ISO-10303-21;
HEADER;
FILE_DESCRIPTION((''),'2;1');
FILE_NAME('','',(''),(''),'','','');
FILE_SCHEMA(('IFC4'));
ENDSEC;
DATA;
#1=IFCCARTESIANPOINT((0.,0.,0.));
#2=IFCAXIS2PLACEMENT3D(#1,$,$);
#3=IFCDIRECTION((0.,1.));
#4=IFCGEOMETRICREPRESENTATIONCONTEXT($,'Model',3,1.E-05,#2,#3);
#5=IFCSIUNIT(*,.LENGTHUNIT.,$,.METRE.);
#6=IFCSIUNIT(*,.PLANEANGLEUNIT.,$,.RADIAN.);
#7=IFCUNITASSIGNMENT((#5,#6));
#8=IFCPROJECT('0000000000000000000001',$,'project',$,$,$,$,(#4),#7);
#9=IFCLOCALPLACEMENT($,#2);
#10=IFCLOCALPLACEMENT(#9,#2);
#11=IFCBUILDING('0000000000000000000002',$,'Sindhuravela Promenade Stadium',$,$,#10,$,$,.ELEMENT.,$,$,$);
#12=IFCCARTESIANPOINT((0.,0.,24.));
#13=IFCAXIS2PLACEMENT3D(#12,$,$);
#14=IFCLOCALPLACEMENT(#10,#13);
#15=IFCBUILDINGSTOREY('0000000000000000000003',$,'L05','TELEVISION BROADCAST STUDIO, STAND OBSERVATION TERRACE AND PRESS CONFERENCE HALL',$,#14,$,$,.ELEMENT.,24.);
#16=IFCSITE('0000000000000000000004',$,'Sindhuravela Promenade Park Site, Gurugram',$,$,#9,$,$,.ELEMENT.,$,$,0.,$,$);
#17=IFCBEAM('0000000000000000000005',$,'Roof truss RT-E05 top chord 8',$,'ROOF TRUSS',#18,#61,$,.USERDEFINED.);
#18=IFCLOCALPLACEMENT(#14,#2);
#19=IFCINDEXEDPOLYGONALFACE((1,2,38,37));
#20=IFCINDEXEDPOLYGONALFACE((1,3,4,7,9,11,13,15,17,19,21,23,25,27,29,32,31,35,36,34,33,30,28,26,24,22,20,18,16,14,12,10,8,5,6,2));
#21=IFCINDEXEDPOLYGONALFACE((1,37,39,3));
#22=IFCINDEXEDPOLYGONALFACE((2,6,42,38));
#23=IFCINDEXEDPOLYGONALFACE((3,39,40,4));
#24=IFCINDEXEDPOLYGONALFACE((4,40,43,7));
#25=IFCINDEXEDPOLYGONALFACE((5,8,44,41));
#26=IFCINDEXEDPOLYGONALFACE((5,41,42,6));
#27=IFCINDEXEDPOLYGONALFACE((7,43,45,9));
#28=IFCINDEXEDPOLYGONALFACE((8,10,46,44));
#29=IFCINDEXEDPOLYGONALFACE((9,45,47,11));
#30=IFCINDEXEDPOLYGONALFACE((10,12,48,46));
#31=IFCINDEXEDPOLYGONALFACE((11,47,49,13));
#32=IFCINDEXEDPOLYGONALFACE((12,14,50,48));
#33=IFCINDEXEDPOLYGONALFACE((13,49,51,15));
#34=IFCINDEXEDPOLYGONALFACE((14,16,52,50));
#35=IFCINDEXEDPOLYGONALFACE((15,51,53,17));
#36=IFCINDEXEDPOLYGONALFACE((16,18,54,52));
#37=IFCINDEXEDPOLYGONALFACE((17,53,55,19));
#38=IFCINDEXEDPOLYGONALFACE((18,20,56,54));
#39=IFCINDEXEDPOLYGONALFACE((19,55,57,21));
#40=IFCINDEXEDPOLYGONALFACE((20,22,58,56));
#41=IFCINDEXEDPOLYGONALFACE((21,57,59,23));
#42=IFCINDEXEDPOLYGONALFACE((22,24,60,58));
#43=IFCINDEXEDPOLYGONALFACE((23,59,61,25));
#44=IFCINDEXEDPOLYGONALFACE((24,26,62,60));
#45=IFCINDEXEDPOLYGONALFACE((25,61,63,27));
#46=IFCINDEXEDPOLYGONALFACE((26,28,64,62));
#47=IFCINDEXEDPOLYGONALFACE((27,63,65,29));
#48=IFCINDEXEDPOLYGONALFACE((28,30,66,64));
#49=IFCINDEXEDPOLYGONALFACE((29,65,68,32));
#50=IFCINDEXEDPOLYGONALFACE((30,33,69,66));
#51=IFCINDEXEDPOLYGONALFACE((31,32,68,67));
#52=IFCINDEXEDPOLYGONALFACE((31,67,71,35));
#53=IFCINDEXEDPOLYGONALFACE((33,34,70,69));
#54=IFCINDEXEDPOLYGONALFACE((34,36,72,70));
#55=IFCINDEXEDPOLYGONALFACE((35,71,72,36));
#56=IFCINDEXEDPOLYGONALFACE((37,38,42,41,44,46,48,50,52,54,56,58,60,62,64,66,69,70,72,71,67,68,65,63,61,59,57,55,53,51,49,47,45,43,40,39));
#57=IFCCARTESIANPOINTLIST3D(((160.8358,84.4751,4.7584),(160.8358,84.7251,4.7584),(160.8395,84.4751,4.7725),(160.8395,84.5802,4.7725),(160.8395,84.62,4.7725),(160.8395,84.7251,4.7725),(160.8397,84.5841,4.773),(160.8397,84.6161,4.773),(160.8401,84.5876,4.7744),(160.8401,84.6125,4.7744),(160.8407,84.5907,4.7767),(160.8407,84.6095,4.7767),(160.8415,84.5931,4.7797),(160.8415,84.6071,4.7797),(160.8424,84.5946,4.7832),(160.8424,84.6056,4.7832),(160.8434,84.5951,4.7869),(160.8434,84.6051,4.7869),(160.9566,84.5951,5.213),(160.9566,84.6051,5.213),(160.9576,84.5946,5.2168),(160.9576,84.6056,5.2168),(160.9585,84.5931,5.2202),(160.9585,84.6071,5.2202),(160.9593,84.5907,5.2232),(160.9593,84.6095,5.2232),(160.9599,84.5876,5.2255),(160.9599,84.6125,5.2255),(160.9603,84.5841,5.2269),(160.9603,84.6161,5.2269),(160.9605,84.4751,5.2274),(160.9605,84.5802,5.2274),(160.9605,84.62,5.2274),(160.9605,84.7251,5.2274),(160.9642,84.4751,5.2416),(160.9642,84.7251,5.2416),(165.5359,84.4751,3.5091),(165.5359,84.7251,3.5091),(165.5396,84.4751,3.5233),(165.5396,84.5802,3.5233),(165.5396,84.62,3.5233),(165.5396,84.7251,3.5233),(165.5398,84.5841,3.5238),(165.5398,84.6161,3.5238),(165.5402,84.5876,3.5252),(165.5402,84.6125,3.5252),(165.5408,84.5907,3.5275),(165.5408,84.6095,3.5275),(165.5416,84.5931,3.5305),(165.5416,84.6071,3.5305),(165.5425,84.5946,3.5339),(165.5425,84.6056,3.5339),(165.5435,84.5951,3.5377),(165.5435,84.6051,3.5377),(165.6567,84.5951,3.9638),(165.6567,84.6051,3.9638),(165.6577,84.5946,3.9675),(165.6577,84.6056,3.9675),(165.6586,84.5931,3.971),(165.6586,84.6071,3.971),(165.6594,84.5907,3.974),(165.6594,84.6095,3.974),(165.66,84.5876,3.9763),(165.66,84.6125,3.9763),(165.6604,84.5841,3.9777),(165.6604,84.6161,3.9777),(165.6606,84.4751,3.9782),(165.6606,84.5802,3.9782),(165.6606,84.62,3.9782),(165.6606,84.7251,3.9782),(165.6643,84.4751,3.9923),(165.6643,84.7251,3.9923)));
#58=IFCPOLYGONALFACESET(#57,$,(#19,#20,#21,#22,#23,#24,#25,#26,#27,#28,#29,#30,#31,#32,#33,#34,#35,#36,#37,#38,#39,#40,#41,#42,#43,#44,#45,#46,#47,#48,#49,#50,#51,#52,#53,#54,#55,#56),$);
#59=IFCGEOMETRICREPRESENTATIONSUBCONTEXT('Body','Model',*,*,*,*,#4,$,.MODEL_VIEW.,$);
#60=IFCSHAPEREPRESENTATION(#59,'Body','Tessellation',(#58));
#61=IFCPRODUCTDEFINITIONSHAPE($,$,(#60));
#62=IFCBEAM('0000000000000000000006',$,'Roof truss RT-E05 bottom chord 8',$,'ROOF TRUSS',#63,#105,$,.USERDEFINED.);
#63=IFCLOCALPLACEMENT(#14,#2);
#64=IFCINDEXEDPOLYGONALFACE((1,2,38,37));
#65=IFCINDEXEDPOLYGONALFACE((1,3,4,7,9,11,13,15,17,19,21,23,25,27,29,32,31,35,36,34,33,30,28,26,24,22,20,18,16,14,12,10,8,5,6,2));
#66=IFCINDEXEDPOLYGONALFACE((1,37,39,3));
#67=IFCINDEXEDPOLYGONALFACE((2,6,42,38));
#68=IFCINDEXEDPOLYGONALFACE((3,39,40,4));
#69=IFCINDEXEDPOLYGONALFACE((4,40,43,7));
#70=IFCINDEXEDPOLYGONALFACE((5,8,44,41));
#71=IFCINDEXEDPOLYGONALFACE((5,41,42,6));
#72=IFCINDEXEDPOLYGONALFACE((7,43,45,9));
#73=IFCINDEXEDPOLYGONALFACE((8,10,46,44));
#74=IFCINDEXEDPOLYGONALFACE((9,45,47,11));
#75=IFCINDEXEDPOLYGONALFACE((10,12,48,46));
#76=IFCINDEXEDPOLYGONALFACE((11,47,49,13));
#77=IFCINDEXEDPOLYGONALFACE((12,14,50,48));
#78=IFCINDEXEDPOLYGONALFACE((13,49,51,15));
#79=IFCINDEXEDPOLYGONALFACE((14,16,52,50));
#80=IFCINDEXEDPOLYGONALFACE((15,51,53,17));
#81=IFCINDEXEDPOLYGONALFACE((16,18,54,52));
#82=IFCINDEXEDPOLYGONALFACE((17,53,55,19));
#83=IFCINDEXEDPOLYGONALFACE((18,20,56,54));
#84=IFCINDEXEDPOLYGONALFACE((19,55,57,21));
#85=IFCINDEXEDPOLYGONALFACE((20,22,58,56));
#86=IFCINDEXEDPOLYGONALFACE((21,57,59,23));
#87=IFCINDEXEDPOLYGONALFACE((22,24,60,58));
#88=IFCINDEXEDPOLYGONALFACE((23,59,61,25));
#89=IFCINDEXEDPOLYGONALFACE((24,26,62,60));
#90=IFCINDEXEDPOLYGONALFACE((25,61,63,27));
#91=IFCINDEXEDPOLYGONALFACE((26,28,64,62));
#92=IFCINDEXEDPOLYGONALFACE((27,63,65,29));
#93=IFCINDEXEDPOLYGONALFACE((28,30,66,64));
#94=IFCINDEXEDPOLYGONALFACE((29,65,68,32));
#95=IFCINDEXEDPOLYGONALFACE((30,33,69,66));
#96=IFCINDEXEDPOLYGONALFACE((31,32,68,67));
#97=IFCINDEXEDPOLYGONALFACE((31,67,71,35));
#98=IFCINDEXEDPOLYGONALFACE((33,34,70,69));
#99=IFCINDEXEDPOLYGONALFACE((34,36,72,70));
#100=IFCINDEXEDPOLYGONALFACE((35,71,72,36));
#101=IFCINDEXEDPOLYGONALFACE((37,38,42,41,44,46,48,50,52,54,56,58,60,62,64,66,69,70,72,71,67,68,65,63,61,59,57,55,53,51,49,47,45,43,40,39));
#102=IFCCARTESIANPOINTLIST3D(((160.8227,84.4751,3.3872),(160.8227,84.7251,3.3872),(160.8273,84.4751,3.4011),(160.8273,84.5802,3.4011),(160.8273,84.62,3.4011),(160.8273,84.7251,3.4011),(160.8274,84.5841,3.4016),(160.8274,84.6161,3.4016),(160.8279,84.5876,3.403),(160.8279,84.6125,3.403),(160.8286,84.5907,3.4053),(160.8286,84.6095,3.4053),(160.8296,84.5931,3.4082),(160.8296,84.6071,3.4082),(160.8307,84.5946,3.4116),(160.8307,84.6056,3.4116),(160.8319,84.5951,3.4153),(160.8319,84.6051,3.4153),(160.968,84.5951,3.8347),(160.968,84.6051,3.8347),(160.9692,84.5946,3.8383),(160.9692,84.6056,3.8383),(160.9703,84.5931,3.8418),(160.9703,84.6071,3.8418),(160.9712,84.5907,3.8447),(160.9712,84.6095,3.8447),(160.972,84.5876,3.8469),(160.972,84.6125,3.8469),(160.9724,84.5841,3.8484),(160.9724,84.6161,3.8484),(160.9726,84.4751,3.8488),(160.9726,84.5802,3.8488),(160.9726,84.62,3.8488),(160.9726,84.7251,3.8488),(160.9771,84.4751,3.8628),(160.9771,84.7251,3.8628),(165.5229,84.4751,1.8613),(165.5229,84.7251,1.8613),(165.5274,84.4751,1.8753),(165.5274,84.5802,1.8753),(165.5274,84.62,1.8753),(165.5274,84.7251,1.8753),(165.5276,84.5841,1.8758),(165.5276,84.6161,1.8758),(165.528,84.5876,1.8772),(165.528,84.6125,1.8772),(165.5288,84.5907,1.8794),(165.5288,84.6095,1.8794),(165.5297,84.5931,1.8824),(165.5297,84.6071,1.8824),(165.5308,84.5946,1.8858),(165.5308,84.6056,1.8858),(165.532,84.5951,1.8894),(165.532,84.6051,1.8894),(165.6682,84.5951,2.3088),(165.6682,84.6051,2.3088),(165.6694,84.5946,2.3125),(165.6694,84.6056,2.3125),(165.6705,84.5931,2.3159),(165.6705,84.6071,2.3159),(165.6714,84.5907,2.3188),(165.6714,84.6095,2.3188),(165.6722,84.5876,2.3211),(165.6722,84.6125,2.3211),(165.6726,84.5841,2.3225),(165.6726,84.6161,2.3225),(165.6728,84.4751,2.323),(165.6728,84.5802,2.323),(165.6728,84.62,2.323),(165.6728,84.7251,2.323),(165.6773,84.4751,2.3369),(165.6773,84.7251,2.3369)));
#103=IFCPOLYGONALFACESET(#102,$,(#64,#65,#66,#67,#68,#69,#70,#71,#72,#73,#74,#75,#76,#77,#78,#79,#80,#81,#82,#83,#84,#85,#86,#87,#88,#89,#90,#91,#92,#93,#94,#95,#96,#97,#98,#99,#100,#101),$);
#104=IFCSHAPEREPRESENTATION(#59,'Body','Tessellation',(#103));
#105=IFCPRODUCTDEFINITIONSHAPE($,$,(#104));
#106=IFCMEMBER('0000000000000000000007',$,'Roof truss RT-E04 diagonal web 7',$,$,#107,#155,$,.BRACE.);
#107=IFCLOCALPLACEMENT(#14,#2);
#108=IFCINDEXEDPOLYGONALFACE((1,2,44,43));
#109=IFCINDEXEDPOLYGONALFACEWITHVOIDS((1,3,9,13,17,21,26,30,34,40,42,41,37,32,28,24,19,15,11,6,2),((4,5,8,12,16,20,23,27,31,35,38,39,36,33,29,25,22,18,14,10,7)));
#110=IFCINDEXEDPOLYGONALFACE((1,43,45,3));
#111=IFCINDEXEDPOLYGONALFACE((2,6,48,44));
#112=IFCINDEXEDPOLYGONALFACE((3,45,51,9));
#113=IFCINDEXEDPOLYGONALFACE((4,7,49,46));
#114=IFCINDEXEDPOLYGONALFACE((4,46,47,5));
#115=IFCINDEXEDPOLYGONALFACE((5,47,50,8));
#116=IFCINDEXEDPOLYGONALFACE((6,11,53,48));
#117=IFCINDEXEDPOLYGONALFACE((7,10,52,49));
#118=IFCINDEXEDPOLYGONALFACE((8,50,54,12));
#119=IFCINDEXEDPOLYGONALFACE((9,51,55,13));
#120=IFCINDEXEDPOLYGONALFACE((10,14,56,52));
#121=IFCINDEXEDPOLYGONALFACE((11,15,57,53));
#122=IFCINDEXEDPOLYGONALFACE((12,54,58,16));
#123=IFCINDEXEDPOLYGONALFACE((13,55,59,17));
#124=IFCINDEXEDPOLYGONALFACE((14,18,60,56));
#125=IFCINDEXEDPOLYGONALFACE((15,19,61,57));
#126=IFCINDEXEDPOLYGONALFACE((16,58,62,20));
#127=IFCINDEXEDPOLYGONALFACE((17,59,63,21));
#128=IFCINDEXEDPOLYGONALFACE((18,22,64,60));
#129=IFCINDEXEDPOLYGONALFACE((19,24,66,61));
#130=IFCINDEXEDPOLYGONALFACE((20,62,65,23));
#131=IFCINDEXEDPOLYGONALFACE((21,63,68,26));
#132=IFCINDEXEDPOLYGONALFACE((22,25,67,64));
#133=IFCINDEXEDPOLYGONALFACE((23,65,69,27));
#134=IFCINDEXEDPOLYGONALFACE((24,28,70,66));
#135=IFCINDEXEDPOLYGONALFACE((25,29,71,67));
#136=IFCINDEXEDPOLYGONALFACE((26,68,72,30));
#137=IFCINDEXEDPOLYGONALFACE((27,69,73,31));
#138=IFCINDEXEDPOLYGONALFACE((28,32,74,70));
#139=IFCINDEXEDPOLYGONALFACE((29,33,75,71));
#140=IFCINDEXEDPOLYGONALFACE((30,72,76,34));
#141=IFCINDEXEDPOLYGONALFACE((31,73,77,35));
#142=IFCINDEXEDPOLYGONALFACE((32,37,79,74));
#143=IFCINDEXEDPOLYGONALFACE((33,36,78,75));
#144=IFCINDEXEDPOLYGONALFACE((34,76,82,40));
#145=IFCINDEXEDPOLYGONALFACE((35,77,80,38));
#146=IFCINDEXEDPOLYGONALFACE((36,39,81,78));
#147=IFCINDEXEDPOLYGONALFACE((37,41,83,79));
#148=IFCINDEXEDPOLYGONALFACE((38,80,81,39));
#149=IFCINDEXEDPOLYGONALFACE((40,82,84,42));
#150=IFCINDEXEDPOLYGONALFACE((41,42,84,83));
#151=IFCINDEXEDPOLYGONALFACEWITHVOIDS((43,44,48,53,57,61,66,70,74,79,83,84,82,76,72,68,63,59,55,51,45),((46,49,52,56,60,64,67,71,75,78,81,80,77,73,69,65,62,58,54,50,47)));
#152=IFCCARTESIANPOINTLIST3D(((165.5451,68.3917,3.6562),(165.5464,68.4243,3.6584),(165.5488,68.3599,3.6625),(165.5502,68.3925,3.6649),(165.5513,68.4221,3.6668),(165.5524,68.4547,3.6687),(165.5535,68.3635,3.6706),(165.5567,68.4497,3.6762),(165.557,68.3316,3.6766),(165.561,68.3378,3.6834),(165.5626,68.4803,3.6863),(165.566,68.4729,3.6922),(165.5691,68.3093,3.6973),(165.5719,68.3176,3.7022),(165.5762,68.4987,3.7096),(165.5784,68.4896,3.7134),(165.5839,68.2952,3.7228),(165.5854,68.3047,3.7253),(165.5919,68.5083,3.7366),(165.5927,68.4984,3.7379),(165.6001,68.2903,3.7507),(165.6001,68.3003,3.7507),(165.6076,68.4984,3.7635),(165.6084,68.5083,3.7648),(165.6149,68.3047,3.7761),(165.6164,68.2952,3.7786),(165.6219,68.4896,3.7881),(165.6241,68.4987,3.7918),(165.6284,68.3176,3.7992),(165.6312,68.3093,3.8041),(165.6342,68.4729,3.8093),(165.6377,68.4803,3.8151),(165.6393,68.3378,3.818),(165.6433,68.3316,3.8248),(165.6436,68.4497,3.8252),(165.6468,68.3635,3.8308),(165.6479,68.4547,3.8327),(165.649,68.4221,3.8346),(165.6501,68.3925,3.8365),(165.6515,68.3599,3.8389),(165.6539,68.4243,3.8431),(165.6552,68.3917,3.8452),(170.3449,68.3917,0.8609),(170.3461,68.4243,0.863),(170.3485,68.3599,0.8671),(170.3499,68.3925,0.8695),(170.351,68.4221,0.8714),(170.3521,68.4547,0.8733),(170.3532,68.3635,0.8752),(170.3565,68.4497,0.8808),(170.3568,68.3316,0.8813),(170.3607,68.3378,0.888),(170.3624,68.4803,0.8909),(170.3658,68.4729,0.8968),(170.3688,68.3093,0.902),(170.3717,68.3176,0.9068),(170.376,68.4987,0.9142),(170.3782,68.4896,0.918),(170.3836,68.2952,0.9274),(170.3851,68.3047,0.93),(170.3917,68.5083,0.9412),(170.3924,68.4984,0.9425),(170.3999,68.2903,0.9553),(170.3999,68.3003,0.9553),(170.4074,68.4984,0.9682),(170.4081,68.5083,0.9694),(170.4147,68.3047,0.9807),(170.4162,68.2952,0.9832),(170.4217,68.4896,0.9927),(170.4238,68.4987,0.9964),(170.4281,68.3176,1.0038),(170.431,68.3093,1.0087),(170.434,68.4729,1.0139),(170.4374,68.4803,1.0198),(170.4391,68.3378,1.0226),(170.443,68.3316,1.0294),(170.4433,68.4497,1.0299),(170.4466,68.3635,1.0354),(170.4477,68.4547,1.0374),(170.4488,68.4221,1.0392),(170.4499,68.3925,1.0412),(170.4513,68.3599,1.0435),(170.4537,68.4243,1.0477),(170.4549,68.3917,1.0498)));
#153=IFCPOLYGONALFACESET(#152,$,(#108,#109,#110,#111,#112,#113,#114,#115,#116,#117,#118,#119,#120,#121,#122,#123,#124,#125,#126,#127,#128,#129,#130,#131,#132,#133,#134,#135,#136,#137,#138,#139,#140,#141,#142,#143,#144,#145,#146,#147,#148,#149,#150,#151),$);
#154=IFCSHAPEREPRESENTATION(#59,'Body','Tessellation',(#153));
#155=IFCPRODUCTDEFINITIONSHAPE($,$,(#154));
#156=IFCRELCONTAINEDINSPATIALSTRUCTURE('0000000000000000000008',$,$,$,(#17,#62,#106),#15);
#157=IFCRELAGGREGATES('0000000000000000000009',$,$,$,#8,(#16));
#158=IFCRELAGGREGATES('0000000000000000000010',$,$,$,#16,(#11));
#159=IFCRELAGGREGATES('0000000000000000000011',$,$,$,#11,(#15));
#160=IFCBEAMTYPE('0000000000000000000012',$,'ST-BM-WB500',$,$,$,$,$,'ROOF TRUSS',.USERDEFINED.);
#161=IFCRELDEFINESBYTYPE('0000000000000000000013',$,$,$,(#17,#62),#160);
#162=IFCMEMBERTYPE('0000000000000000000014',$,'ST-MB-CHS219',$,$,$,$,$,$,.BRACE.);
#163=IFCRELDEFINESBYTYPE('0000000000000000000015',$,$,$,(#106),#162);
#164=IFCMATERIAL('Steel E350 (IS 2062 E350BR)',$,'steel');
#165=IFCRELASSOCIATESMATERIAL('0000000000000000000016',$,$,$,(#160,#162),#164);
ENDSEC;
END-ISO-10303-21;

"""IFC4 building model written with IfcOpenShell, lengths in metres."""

from ifc_helpers import new_model, si_unit, direction, frame, origin, origin_2d, place, context, subcontext, project, spatial, hollow_circle, i_section, extrude, material, material_profile, profile_set, type_object, element, save


model = new_model("IFC4")

# Units and contexts
model_context = context("Model", 3, precision=1e-05, world=origin(), true_north=direction((0.0, 1.0)))
body_context = subcontext(model_context, "Body", "Model", "MODEL_VIEW")
ifc_project = project(units=[si_unit("LENGTHUNIT", "METRE"), si_unit("PLANEANGLEUNIT", "RADIAN")], contexts=[model_context])

# Site, building, storey
site_placement = place(None, origin())
site = spatial("IfcSite", under=ifc_project, at=site_placement, Name="Sindhuravela Promenade Park Site, Gurugram", CompositionType="ELEMENT", RefElevation=0.0)
building_placement = place(site_placement, origin())
building = spatial("IfcBuilding", under=site, at=building_placement, Name="Sindhuravela Promenade Stadium", CompositionType="ELEMENT")
storey_placement = place(building_placement, frame((0.0, 0.0, 24.0)))
storey = spatial("IfcBuildingStorey", under=building, at=storey_placement, Name="L05", Description="TELEVISION BROADCAST STUDIO, STAND OBSERVATION TERRACE AND PRESS CONFERENCE HALL", CompositionType="ELEMENT", Elevation=24.0)

# Beams
ifc_material_1 = material(Name="Steel E350 (IS 2062 E350BR)", Category="steel")
ifc_material_profile_1 = material_profile(ifc_material_1, i_section(OverallWidth=0.25, OverallDepth=0.5, WebThickness=0.01, FlangeThickness=0.0146, FilletRadius=0.0149, at=origin_2d()), Name="ISWB 500")
ifc_profile_set_1 = profile_set([ifc_material_profile_1], Name="Steel E350 (IS 2062 E350BR)")
beam_type = type_object("IfcBeamType", Name="ST-BM-WB500", ElementType="ROOF TRUSS", PredefinedType="USERDEFINED", material=ifc_profile_set_1)
beam_1_placement = place(storey_placement, frame((165.6001, 84.6001, 3.7507), z_axis=(-0.966445, 0.0, 0.256872), x_axis=(0.0, -1.0, 0.0)))
element("IfcBeam", 1, at=beam_1_placement, inside=storey, type_object=beam_type, Name="Roof truss RT-E05 top chord 8", ObjectType="ROOF TRUSS", PredefinedType="USERDEFINED", context=body_context, shape_type="SweptSolid", body=[
    extrude(i_section(OverallWidth=0.25, OverallDepth=0.5, WebThickness=0.01, FlangeThickness=0.0146, FilletRadius=0.0149, at=origin_2d()), origin(), (0.0, 0.0, 1.0), 4.8633),
])
beam_2_placement = place(storey_placement, frame((165.6001, 84.6001, 2.0991), z_axis=(-0.951134, 0.0, 0.308778), x_axis=(0.0, -1.0, 0.0)))
element("IfcBeam", 2, at=beam_2_placement, inside=storey, type_object=beam_type, Name="Roof truss RT-E05 bottom chord 8", ObjectType="ROOF TRUSS", PredefinedType="USERDEFINED", context=body_context, shape_type="SweptSolid", body=[
    extrude(i_section(OverallWidth=0.25, OverallDepth=0.5, WebThickness=0.01, FlangeThickness=0.0146, FilletRadius=0.0149, at=origin_2d()), origin(), (0.0, 0.0, 1.0), 4.9417),
])

# Member
ifc_material_profile_2 = material_profile(ifc_material_1, hollow_circle(Radius=0.1096, WallThickness=0.01, at=origin_2d()), Name="CHS 219.1x10")
ifc_profile_set_2 = profile_set([ifc_material_profile_2], Name="Steel E350 (IS 2062 E350BR)")
member_type_1 = type_object("IfcMemberType", Name="ST-MB-CHS219", PredefinedType="BRACE", material=ifc_profile_set_2)
member_1_placement = place(storey_placement, frame((170.3999, 68.3999, 0.9553), z_axis=(-0.864129, 0.0, 0.50327), x_axis=(0.0, -1.0, 0.0)))
element("IfcMember", 3, at=member_1_placement, inside=storey, type_object=member_type_1, Name="Roof truss RT-E04 diagonal web 7", PredefinedType="BRACE", context=body_context, shape_type="SweptSolid", body=[
    extrude(hollow_circle(Radius=0.1096, WallThickness=0.01, at=origin_2d()), origin(), (0.0, 0.0, 1.0), 5.5544),
])

save(model, "model.ifc")
